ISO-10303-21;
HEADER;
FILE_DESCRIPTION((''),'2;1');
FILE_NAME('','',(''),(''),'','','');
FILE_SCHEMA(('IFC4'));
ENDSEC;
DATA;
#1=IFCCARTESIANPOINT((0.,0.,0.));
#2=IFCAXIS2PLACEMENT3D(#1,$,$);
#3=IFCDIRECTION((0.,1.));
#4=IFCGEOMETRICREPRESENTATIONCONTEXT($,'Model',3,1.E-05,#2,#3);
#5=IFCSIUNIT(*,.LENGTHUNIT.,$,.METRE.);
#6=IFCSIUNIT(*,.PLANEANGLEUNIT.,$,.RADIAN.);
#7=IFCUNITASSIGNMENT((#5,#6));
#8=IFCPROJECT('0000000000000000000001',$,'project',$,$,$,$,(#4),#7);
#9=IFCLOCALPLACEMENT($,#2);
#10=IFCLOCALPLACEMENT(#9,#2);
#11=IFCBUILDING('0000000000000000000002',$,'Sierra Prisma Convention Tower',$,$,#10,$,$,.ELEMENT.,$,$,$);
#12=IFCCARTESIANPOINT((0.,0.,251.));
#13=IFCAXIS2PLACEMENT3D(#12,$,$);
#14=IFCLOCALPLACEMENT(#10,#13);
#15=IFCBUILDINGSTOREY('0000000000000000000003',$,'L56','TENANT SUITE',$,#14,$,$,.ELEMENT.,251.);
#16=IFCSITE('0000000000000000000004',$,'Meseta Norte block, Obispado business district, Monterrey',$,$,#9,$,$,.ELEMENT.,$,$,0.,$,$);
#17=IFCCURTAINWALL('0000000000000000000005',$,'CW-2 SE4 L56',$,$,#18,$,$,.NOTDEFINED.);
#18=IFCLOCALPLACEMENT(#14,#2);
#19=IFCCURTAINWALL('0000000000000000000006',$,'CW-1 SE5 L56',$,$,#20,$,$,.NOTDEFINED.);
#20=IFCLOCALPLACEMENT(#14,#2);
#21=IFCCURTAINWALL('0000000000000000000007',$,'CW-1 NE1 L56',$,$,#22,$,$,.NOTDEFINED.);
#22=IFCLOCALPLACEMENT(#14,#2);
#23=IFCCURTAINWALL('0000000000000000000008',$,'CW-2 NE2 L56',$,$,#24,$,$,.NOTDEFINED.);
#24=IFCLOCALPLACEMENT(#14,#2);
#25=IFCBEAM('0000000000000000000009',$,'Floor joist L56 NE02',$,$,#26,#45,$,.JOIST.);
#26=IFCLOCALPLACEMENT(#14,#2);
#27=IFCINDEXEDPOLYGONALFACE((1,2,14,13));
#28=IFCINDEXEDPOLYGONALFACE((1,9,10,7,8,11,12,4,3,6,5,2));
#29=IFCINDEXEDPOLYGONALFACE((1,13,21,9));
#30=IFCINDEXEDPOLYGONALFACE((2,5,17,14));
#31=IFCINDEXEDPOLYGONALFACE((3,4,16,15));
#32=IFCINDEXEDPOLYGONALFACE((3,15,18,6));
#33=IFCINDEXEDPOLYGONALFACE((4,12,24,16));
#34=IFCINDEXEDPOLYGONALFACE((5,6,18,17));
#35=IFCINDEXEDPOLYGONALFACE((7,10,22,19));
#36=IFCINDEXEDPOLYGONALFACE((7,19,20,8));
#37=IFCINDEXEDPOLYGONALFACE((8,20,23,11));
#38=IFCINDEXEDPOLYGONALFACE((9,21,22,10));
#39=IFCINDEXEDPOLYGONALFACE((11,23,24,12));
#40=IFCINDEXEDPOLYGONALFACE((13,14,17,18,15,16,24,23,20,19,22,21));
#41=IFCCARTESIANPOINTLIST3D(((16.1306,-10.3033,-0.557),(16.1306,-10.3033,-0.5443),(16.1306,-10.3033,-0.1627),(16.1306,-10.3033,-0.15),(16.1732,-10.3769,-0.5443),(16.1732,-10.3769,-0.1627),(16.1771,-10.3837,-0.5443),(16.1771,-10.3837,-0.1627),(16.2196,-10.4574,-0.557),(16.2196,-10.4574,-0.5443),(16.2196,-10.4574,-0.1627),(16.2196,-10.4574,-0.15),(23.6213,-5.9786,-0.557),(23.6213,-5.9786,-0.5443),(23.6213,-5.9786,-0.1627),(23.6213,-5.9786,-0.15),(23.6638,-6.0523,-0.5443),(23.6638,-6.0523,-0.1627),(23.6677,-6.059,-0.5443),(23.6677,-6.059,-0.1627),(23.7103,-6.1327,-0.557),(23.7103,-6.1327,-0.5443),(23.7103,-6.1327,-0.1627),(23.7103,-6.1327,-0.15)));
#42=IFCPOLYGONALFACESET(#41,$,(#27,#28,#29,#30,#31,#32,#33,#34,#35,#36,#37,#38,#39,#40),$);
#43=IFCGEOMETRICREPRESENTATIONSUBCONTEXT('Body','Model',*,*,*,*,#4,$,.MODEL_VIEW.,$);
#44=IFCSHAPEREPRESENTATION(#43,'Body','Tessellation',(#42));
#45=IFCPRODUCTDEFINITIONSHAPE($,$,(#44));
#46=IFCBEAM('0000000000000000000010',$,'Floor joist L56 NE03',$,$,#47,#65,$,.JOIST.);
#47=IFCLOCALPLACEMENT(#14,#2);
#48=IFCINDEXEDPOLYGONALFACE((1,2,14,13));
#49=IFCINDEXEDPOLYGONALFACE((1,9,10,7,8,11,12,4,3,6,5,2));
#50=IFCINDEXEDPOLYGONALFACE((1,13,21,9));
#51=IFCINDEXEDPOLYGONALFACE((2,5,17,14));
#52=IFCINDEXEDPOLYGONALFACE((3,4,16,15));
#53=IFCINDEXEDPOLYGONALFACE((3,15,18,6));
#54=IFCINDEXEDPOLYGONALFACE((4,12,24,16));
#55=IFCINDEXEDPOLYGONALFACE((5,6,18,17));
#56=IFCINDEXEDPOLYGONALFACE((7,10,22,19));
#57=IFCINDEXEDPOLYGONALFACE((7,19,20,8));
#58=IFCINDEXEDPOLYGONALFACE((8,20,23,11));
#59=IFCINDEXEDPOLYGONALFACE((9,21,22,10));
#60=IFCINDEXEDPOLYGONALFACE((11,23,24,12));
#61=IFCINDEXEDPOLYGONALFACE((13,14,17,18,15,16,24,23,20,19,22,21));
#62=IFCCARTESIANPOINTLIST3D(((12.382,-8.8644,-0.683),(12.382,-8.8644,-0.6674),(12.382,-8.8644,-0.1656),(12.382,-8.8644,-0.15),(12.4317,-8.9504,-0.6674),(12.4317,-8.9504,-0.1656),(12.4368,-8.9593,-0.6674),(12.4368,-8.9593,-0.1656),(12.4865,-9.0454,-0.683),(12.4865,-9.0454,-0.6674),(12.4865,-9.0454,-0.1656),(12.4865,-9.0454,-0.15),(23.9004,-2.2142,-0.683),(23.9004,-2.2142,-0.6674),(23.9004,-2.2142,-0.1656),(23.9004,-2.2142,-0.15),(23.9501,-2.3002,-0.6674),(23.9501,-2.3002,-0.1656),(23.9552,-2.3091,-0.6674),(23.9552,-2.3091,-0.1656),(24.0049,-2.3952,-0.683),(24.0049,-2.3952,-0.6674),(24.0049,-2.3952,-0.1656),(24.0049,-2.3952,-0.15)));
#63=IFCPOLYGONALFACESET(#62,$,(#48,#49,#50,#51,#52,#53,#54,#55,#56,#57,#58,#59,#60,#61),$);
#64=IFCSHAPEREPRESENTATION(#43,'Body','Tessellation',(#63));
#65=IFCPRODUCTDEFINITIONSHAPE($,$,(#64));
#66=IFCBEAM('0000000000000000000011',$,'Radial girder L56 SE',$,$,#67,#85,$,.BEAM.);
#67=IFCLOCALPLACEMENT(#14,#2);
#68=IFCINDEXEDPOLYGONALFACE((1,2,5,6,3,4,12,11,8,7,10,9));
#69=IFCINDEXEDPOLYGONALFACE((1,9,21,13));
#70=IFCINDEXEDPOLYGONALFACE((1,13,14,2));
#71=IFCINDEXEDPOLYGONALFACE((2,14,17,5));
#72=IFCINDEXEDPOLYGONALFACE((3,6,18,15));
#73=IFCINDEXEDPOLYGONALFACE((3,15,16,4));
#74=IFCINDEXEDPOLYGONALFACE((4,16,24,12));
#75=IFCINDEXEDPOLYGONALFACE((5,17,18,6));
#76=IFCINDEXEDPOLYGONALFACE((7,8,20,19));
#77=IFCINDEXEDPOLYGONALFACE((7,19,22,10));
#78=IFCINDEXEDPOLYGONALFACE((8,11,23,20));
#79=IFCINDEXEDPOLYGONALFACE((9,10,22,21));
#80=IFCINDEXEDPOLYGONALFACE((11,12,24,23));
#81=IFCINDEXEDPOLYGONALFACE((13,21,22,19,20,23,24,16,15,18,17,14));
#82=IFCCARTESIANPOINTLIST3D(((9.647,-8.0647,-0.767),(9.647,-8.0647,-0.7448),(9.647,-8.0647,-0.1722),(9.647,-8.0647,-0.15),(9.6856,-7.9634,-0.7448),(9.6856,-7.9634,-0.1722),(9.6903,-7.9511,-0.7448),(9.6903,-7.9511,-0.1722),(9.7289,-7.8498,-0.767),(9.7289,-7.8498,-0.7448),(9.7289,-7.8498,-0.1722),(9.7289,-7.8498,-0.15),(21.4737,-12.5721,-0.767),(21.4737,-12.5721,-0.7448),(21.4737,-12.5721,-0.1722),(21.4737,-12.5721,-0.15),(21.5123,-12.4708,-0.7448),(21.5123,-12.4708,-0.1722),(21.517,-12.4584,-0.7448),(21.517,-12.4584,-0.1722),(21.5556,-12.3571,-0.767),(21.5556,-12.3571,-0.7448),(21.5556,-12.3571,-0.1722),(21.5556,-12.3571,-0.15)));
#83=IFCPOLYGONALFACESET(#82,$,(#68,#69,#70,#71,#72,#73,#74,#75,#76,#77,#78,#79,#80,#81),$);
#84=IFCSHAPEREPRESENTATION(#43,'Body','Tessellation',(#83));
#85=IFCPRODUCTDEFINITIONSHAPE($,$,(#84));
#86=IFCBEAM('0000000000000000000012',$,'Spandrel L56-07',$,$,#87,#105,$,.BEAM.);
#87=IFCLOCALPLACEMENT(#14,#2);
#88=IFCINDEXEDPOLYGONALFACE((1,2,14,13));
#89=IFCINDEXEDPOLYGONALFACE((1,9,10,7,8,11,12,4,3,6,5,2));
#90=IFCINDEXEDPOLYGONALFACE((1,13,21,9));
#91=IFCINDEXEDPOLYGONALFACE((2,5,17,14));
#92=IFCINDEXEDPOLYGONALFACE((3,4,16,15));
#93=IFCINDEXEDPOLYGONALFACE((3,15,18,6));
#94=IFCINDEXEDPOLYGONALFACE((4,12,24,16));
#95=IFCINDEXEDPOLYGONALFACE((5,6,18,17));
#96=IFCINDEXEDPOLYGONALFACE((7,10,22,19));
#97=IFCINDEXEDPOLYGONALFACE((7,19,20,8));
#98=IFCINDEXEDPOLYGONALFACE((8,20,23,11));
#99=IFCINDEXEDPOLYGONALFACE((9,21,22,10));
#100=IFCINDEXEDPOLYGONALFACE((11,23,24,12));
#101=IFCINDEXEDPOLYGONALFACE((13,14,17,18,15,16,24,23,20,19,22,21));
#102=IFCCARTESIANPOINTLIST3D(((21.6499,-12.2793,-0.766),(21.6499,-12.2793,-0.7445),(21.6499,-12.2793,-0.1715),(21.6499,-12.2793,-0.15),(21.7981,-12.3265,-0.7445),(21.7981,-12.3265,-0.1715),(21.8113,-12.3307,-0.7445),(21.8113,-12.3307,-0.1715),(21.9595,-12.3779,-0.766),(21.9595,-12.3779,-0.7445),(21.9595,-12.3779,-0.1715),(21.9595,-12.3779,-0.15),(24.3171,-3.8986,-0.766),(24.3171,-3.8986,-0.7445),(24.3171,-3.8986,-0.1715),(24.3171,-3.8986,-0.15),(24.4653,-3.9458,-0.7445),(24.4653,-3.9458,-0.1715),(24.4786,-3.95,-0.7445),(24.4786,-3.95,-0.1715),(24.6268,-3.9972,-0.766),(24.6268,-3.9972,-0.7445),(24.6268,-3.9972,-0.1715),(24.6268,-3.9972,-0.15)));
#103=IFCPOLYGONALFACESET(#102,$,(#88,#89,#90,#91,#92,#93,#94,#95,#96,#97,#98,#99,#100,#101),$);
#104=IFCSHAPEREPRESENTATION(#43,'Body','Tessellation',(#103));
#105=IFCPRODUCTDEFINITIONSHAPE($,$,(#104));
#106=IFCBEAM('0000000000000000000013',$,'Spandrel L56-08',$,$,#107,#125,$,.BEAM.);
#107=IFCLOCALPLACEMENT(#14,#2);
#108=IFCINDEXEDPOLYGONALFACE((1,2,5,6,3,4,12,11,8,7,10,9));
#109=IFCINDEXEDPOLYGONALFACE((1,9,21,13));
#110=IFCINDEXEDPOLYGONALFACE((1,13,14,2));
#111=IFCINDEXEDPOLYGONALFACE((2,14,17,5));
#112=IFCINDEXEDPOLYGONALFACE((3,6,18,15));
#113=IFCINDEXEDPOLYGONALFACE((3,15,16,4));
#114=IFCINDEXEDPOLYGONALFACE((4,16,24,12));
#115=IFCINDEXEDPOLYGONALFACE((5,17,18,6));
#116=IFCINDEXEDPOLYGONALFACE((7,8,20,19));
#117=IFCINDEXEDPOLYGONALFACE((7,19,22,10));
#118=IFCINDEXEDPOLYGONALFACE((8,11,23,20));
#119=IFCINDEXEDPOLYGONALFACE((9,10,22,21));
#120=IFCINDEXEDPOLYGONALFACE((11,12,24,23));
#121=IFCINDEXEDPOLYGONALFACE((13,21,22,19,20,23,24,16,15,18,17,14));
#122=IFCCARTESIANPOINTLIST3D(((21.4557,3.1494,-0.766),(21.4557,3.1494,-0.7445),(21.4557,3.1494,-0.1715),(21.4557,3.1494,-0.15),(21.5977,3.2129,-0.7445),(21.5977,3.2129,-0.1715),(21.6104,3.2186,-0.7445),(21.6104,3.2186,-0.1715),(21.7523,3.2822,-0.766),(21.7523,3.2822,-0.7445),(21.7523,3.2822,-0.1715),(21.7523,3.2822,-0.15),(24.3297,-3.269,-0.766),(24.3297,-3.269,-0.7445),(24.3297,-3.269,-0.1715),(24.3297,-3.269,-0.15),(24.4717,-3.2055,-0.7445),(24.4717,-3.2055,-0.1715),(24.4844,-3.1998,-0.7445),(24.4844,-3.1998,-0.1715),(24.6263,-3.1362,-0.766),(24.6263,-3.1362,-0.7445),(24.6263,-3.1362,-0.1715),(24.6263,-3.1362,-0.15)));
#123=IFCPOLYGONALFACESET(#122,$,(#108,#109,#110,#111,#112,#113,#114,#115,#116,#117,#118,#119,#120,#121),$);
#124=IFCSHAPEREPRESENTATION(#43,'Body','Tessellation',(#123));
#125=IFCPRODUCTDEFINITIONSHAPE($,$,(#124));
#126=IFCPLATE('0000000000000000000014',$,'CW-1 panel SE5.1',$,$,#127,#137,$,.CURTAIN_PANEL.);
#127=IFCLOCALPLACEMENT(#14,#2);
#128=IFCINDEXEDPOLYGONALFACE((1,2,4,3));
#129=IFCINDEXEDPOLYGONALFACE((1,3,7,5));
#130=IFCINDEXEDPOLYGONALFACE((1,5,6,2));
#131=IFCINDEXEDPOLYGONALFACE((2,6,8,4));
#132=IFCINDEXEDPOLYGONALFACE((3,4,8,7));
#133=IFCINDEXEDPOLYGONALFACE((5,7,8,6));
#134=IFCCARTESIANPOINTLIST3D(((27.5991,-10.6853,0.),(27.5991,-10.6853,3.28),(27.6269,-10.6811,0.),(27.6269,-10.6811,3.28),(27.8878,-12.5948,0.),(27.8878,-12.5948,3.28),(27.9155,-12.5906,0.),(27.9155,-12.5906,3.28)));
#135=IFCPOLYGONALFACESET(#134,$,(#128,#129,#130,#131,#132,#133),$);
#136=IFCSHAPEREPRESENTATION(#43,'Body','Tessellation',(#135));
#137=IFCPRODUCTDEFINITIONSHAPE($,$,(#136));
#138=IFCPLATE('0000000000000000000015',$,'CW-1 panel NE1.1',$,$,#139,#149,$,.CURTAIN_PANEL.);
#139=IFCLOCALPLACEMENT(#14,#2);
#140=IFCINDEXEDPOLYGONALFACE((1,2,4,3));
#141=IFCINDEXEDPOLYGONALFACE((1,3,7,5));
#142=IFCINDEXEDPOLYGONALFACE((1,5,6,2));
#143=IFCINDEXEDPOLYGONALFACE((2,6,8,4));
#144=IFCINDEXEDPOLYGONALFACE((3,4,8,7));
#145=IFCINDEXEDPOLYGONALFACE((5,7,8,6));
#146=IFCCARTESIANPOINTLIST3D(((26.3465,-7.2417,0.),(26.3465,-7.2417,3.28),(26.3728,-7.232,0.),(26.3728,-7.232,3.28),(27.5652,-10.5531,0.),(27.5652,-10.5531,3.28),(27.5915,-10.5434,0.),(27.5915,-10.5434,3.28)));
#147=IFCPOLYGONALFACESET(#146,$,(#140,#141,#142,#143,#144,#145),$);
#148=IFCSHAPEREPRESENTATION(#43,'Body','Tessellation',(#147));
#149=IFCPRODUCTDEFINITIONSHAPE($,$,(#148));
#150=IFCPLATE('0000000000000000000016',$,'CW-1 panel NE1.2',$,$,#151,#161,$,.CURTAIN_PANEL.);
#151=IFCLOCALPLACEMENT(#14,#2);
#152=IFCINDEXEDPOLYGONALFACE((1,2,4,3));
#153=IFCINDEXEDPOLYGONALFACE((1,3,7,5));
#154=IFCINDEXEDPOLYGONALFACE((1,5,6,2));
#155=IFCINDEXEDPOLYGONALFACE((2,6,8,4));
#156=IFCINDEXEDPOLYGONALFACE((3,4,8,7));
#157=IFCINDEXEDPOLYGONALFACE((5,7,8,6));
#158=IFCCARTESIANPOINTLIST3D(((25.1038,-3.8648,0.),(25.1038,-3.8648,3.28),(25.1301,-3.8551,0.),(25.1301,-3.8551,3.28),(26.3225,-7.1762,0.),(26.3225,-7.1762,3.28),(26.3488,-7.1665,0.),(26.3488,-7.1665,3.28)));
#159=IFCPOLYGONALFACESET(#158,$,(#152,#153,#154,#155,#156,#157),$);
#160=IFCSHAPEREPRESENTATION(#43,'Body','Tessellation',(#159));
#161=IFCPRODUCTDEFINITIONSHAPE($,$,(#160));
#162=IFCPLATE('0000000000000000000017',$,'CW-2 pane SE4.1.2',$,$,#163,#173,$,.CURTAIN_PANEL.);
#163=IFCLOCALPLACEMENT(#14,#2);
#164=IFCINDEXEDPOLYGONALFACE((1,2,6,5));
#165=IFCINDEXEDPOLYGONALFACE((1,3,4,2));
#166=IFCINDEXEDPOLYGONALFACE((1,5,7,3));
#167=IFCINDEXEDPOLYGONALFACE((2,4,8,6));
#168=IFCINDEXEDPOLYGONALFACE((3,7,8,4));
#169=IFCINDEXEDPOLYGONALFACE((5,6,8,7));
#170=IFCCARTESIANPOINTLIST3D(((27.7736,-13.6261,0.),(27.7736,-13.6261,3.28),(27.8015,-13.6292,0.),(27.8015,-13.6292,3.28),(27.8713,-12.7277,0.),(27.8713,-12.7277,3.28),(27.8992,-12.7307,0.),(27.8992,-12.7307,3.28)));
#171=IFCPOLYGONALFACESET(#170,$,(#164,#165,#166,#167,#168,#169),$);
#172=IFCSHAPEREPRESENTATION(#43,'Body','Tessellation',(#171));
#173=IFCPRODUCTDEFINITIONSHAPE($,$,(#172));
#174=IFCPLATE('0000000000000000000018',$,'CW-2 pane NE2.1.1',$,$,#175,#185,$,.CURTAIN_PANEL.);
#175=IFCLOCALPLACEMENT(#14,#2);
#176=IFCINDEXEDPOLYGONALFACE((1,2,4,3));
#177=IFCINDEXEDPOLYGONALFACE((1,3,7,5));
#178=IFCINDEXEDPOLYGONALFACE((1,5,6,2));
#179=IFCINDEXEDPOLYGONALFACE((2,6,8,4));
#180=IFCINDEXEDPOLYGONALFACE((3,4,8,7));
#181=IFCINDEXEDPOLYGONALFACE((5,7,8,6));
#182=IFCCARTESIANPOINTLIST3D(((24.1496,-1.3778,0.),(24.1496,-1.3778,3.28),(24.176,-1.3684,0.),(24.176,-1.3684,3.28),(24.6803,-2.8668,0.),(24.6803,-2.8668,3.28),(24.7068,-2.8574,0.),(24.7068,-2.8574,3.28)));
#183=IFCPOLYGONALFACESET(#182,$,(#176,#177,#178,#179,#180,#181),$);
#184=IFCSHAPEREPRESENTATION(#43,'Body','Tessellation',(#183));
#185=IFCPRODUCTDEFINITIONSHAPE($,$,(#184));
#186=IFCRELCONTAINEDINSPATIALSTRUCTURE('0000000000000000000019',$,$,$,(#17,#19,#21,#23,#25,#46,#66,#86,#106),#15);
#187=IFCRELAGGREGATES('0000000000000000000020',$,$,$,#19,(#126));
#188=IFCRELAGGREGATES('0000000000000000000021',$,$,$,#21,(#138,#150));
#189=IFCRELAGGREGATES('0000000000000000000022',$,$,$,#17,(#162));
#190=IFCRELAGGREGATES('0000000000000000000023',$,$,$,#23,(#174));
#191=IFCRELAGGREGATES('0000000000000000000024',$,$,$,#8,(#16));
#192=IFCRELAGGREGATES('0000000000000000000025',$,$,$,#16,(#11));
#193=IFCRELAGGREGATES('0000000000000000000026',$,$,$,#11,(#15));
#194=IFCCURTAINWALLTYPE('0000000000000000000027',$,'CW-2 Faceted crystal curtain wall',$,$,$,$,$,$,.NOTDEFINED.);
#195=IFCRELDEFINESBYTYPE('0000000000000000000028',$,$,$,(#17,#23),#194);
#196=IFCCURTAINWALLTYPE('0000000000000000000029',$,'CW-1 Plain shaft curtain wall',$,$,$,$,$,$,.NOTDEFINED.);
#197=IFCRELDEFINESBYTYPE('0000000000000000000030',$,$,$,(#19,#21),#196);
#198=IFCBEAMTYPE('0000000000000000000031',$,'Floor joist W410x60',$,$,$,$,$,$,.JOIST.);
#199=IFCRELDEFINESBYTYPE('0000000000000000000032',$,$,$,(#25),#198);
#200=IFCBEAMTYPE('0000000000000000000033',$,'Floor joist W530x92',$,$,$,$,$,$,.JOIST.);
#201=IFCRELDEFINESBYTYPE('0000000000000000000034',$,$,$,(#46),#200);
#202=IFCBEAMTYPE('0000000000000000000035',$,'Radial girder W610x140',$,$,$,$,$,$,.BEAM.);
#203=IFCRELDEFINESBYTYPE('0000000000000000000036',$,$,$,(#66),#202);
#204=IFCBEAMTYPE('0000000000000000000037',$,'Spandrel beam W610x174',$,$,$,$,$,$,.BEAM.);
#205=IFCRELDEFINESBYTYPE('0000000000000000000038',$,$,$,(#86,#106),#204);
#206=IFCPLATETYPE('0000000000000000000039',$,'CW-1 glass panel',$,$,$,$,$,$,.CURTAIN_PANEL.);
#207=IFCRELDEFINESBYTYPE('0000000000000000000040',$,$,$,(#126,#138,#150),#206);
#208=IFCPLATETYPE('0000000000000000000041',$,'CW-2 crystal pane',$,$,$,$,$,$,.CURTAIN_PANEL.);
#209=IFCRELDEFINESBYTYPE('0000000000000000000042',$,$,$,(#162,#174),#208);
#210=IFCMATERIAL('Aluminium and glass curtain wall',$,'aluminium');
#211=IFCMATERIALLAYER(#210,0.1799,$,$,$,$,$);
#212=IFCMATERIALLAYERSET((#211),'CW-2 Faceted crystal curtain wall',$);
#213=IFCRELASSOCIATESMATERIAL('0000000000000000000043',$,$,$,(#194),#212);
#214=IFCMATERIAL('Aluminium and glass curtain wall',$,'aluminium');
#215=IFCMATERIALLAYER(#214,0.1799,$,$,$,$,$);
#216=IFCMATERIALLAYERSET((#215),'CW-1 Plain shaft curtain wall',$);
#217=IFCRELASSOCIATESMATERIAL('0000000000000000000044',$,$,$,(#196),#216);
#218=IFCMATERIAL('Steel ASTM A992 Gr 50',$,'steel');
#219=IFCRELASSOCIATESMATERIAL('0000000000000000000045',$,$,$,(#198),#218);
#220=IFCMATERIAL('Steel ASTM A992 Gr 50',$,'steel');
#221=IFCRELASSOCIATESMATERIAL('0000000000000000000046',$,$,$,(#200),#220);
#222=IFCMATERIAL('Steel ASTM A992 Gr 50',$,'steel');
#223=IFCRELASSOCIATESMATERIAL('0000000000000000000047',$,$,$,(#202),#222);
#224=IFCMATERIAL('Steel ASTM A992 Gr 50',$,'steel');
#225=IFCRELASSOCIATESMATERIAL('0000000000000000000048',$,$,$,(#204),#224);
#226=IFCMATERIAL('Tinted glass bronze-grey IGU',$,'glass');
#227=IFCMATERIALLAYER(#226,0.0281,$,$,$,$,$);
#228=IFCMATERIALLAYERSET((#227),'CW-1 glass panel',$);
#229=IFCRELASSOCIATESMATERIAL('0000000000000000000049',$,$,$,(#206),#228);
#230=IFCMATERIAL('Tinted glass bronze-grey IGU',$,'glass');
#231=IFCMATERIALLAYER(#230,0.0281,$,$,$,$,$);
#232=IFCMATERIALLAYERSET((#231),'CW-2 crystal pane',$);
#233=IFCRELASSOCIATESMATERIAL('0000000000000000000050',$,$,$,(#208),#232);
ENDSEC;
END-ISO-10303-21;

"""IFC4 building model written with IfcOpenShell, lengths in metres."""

from ifc_helpers import new_model, si_unit, direction, frame, origin, origin_2d, place, context, subcontext, project, spatial, polyline, rectangle, i_section, outline, extrude, material, layer, layer_set, material_profile, profile_set, type_object, element, aggregate, save


model = new_model("IFC4")

# Units and contexts
model_context = context("Model", 3, precision=1e-05, world=origin(), true_north=direction((0.0, 1.0)))
body_context = subcontext(model_context, "Body", "Model", "MODEL_VIEW")
ifc_project = project(units=[si_unit("LENGTHUNIT", "METRE"), si_unit("PLANEANGLEUNIT", "RADIAN")], contexts=[model_context])

# Site, building, storey
site_placement = place(None, origin())
site = spatial("IfcSite", under=ifc_project, at=site_placement, Name="Meseta Norte block, Obispado business district, Monterrey", CompositionType="ELEMENT", RefElevation=0.0)
building_placement = place(site_placement, origin())
building = spatial("IfcBuilding", under=site, at=building_placement, Name="Sierra Prisma Convention Tower", CompositionType="ELEMENT")
storey_placement = place(building_placement, frame((0.0, 0.0, 251.0)))
storey = spatial("IfcBuildingStorey", under=building, at=storey_placement, Name="L56", Description="TENANT SUITE", CompositionType="ELEMENT", Elevation=251.0)

# Curtain walls
ifc_material_1 = material(Name="Aluminium and glass curtain wall", Category="aluminium")
ifc_layer_1 = layer(ifc_material_1, 0.1799)
ifc_layer_set_1 = layer_set([ifc_layer_1], Name="CW-2 Faceted crystal curtain wall")
curtain_wall_type_1 = type_object("IfcCurtainWallType", Name="CW-2 Faceted crystal curtain wall", PredefinedType="NOTDEFINED", material=ifc_layer_set_1)
curtain_wall_1_placement = place(storey_placement, origin())
curtain_wall_1 = element("IfcCurtainWall", 1, at=curtain_wall_1_placement, inside=storey, type_object=curtain_wall_type_1, Name="CW-2 SE4 L56", PredefinedType="NOTDEFINED")
ifc_material_2 = material(Name="Aluminium and glass curtain wall", Category="aluminium")
ifc_layer_2 = layer(ifc_material_2, 0.1799)
ifc_layer_set_2 = layer_set([ifc_layer_2], Name="CW-1 Plain shaft curtain wall")
curtain_wall_type_2 = type_object("IfcCurtainWallType", Name="CW-1 Plain shaft curtain wall", PredefinedType="NOTDEFINED", material=ifc_layer_set_2)
curtain_wall_2_placement = place(storey_placement, origin())
curtain_wall_2 = element("IfcCurtainWall", 2, at=curtain_wall_2_placement, inside=storey, type_object=curtain_wall_type_2, Name="CW-1 SE5 L56", PredefinedType="NOTDEFINED")

# Curtain wall
curtain_wall_3_placement = place(storey_placement, origin())
curtain_wall_3 = element("IfcCurtainWall", 3, at=curtain_wall_3_placement, inside=storey, type_object=curtain_wall_type_2, Name="CW-1 NE1 L56", PredefinedType="NOTDEFINED")

# Curtain wall
curtain_wall_4_placement = place(storey_placement, origin())
curtain_wall_4 = element("IfcCurtainWall", 4, at=curtain_wall_4_placement, inside=storey, type_object=curtain_wall_type_1, Name="CW-2 NE2 L56", PredefinedType="NOTDEFINED")

# Beams
ifc_material_3 = material(Name="Steel ASTM A992 Gr 50", Category="steel")
ifc_material_profile_1 = material_profile(ifc_material_3, i_section(OverallWidth=0.178, OverallDepth=0.407, WebThickness=0.0078, FlangeThickness=0.0127, at=origin_2d()), Name="W410x60")
ifc_profile_set_1 = profile_set([ifc_material_profile_1], Name="Steel ASTM A992 Gr 50")
beam_type_1 = type_object("IfcBeamType", Name="Floor joist W410x60", PredefinedType="JOIST", material=ifc_profile_set_1)
beam_1_placement = place(storey_placement, frame((23.6658, -6.0557, -0.3535), z_axis=(-0.866029, -0.499994, 0.0), x_axis=(0.499994, -0.866029, 0.0)))
element("IfcBeam", 5, at=beam_1_placement, inside=storey, type_object=beam_type_1, Name="Floor joist L56 NE02", PredefinedType="JOIST", context=body_context, shape_type="SweptSolid", body=[
    extrude(i_section(OverallWidth=0.178, OverallDepth=0.407, WebThickness=0.0078, FlangeThickness=0.0127, at=origin_2d()), origin(), (0.0, 0.0, 1.0), 8.6494),
])
ifc_material_4 = material(Name="Steel ASTM A992 Gr 50", Category="steel")
ifc_material_profile_2 = material_profile(ifc_material_4, i_section(OverallWidth=0.209, OverallDepth=0.533, WebThickness=0.0103, FlangeThickness=0.0156, at=origin_2d()), Name="W530x92")
ifc_profile_set_2 = profile_set([ifc_material_profile_2], Name="Steel ASTM A992 Gr 50")
beam_type_2 = type_object("IfcBeamType", Name="Floor joist W530x92", PredefinedType="JOIST", material=ifc_profile_set_2)
beam_2_placement = place(storey_placement, frame((23.9526, -2.3047, -0.4165), z_axis=(-0.866024, -0.500003, 0.0), x_axis=(0.500003, -0.866024, 0.0)))
element("IfcBeam", 6, at=beam_2_placement, inside=storey, type_object=beam_type_2, Name="Floor joist L56 NE03", PredefinedType="JOIST", context=body_context, shape_type="SweptSolid", body=[
    extrude(i_section(OverallWidth=0.209, OverallDepth=0.533, WebThickness=0.0103, FlangeThickness=0.0156, at=origin_2d()), origin(), (0.0, 0.0, 1.0), 13.3003),
])
ifc_material_5 = material(Name="Steel ASTM A992 Gr 50", Category="steel")
ifc_material_profile_3 = material_profile(ifc_material_5, i_section(OverallWidth=0.23, OverallDepth=0.6169, WebThickness=0.0132, FlangeThickness=0.0222, at=origin_2d()), Name="W610x140")
ifc_profile_set_3 = profile_set([ifc_material_profile_3], Name="Steel ASTM A992 Gr 50")
beam_type_3 = type_object("IfcBeamType", Name="Radial girder W610x140", PredefinedType="BEAM", material=ifc_profile_set_3)
beam_3_placement = place(storey_placement, frame((21.5146, -12.4646, -0.4585), z_axis=(-0.934437, 0.356128, 0.0), x_axis=(-0.356128, -0.934437, 0.0)))
element("IfcBeam", 7, at=beam_3_placement, inside=storey, type_object=beam_type_3, Name="Radial girder L56 SE", PredefinedType="BEAM", context=body_context, shape_type="SweptSolid", body=[
    extrude(i_section(OverallWidth=0.23, OverallDepth=0.6169, WebThickness=0.0132, FlangeThickness=0.0222, at=origin_2d()), origin(), (0.0, 0.0, 1.0), 12.6565),
])
ifc_material_6 = material(Name="Steel ASTM A992 Gr 50", Category="steel")
ifc_material_profile_4 = material_profile(ifc_material_6, i_section(OverallWidth=0.325, OverallDepth=0.616, WebThickness=0.0139, FlangeThickness=0.0215, at=origin_2d()), Name="W610x174")
ifc_profile_set_4 = profile_set([ifc_material_profile_4], Name="Steel ASTM A992 Gr 50")
beam_type_4 = type_object("IfcBeamType", Name="Spandrel beam W610x174", PredefinedType="BEAM", material=ifc_profile_set_4)
beam_4_placement = place(storey_placement, frame((21.8047, -12.3286, -0.458), z_axis=(0.303274, 0.952904, 0.0), x_axis=(-0.952904, 0.303274, 0.0)))
element("IfcBeam", 8, at=beam_4_placement, inside=storey, type_object=beam_type_4, Name="Spandrel L56-07", PredefinedType="BEAM", context=body_context, shape_type="SweptSolid", body=[
    extrude(i_section(OverallWidth=0.325, OverallDepth=0.616, WebThickness=0.0139, FlangeThickness=0.0215, at=origin_2d()), origin(), (0.0, 0.0, 1.0), 8.7949),
])
beam_5_placement = place(storey_placement, frame((24.478, -3.2026, -0.458), z_axis=(-0.408675, 0.91268, 0.0), x_axis=(-0.91268, -0.408675, 0.0)))
element("IfcBeam", 9, at=beam_5_placement, inside=storey, type_object=beam_type_4, Name="Spandrel L56-08", PredefinedType="BEAM", context=body_context, shape_type="SweptSolid", body=[
    extrude(i_section(OverallWidth=0.325, OverallDepth=0.616, WebThickness=0.0139, FlangeThickness=0.0215, at=origin_2d()), origin(), (0.0, 0.0, 1.0), 7.0325),
])

# Plates
ifc_material_7 = material(Name="Tinted glass bronze-grey IGU", Category="glass")
ifc_layer_3 = layer(ifc_material_7, 0.0281)
ifc_layer_set_3 = layer_set([ifc_layer_3], Name="CW-1 glass panel")
plate_type_1 = type_object("IfcPlateType", Name="CW-1 glass panel", PredefinedType="CURTAIN_PANEL", material=ifc_layer_set_3)
plate_1_placement = place(storey_placement, frame((27.7573, -11.6379, 0.0), z_axis=(0.0, 0.0, 1.0), x_axis=(-0.149483, 0.988764, 0.0)))
plate_1 = element("IfcPlate", 10, at=plate_1_placement, type_object=plate_type_1, Name="CW-1 panel SE5.1", PredefinedType="CURTAIN_PANEL", context=body_context, shape_type="SweptSolid", body=[
    extrude(rectangle(XDim=1.9312, YDim=0.0281, at=origin_2d()), origin(), (0.0, 0.0, 1.0), 3.28),
])
aggregate(curtain_wall_2, [plate_1])
plate_2_placement = place(storey_placement, frame((26.969, -8.8926, 0.0), z_axis=(0.0, 0.0, 1.0), x_axis=(-0.345383, 0.938462, 0.0)))
plate_2 = element("IfcPlate", 11, at=plate_2_placement, type_object=plate_type_1, Name="CW-1 panel NE1.1", PredefinedType="CURTAIN_PANEL", context=body_context, shape_type="SweptSolid", body=[
    extrude(rectangle(XDim=3.5286, YDim=0.0281, at=origin_2d()), origin(), (0.0, 0.0, 1.0), 3.28),
])
plate_3_placement = place(storey_placement, frame((25.7263, -5.5156, 0.0), z_axis=(0.0, 0.0, 1.0), x_axis=(-0.345383, 0.938462, 0.0)))
plate_3 = element("IfcPlate", 12, at=plate_3_placement, type_object=plate_type_1, Name="CW-1 panel NE1.2", PredefinedType="CURTAIN_PANEL", context=body_context, shape_type="SweptSolid", body=[
    extrude(rectangle(XDim=3.5286, YDim=0.0281, at=origin_2d()), origin(), (0.0, 0.0, 1.0), 3.28),
])
aggregate(curtain_wall_3, [plate_2, plate_3])
ifc_material_8 = material(Name="Tinted glass bronze-grey IGU", Category="glass")
ifc_layer_4 = layer(ifc_material_8, 0.0281)
ifc_layer_set_4 = layer_set([ifc_layer_4], Name="CW-2 crystal pane")
plate_type_2 = type_object("IfcPlateType", Name="CW-2 crystal pane", PredefinedType="CURTAIN_PANEL", material=ifc_layer_set_4)
plate_4_placement = place(storey_placement, frame((27.8992, -12.7307, 0.0), z_axis=(0.994144, -0.108059, 0.0), x_axis=(-0.108059, -0.994144, 0.0)))
plate_4 = element("IfcPlate", 13, at=plate_4_placement, type_object=plate_type_2, Name="CW-2 pane SE4.1.2", PredefinedType="CURTAIN_PANEL", context=body_context, shape_type="SweptSolid", body=[
    extrude(outline(polyline([(0.0, 0.0), (0.9037, 0.0), (0.9037, -3.28), (0.0, -3.28), (0.0, 0.0)])), origin(), (0.0, 0.0, -1.0), 0.0281),
])
aggregate(curtain_wall_1, [plate_4])
plate_5_placement = place(storey_placement, frame((24.7068, -2.8574, 0.0), z_axis=(0.941948, 0.335759, 0.0), x_axis=(-0.335759, 0.941948, 0.0)))
plate_5 = element("IfcPlate", 14, at=plate_5_placement, type_object=plate_type_2, Name="CW-2 pane NE2.1.1", PredefinedType="CURTAIN_PANEL", context=body_context, shape_type="SweptSolid", body=[
    extrude(outline(polyline([(0.0, 0.0), (1.5808, 0.0), (1.5808, 3.28), (0.0, 3.28), (0.0, 0.0)])), origin(), (0.0, 0.0, -1.0), 0.0281),
])
aggregate(curtain_wall_4, [plate_5])

save(model, "model.ifc")
